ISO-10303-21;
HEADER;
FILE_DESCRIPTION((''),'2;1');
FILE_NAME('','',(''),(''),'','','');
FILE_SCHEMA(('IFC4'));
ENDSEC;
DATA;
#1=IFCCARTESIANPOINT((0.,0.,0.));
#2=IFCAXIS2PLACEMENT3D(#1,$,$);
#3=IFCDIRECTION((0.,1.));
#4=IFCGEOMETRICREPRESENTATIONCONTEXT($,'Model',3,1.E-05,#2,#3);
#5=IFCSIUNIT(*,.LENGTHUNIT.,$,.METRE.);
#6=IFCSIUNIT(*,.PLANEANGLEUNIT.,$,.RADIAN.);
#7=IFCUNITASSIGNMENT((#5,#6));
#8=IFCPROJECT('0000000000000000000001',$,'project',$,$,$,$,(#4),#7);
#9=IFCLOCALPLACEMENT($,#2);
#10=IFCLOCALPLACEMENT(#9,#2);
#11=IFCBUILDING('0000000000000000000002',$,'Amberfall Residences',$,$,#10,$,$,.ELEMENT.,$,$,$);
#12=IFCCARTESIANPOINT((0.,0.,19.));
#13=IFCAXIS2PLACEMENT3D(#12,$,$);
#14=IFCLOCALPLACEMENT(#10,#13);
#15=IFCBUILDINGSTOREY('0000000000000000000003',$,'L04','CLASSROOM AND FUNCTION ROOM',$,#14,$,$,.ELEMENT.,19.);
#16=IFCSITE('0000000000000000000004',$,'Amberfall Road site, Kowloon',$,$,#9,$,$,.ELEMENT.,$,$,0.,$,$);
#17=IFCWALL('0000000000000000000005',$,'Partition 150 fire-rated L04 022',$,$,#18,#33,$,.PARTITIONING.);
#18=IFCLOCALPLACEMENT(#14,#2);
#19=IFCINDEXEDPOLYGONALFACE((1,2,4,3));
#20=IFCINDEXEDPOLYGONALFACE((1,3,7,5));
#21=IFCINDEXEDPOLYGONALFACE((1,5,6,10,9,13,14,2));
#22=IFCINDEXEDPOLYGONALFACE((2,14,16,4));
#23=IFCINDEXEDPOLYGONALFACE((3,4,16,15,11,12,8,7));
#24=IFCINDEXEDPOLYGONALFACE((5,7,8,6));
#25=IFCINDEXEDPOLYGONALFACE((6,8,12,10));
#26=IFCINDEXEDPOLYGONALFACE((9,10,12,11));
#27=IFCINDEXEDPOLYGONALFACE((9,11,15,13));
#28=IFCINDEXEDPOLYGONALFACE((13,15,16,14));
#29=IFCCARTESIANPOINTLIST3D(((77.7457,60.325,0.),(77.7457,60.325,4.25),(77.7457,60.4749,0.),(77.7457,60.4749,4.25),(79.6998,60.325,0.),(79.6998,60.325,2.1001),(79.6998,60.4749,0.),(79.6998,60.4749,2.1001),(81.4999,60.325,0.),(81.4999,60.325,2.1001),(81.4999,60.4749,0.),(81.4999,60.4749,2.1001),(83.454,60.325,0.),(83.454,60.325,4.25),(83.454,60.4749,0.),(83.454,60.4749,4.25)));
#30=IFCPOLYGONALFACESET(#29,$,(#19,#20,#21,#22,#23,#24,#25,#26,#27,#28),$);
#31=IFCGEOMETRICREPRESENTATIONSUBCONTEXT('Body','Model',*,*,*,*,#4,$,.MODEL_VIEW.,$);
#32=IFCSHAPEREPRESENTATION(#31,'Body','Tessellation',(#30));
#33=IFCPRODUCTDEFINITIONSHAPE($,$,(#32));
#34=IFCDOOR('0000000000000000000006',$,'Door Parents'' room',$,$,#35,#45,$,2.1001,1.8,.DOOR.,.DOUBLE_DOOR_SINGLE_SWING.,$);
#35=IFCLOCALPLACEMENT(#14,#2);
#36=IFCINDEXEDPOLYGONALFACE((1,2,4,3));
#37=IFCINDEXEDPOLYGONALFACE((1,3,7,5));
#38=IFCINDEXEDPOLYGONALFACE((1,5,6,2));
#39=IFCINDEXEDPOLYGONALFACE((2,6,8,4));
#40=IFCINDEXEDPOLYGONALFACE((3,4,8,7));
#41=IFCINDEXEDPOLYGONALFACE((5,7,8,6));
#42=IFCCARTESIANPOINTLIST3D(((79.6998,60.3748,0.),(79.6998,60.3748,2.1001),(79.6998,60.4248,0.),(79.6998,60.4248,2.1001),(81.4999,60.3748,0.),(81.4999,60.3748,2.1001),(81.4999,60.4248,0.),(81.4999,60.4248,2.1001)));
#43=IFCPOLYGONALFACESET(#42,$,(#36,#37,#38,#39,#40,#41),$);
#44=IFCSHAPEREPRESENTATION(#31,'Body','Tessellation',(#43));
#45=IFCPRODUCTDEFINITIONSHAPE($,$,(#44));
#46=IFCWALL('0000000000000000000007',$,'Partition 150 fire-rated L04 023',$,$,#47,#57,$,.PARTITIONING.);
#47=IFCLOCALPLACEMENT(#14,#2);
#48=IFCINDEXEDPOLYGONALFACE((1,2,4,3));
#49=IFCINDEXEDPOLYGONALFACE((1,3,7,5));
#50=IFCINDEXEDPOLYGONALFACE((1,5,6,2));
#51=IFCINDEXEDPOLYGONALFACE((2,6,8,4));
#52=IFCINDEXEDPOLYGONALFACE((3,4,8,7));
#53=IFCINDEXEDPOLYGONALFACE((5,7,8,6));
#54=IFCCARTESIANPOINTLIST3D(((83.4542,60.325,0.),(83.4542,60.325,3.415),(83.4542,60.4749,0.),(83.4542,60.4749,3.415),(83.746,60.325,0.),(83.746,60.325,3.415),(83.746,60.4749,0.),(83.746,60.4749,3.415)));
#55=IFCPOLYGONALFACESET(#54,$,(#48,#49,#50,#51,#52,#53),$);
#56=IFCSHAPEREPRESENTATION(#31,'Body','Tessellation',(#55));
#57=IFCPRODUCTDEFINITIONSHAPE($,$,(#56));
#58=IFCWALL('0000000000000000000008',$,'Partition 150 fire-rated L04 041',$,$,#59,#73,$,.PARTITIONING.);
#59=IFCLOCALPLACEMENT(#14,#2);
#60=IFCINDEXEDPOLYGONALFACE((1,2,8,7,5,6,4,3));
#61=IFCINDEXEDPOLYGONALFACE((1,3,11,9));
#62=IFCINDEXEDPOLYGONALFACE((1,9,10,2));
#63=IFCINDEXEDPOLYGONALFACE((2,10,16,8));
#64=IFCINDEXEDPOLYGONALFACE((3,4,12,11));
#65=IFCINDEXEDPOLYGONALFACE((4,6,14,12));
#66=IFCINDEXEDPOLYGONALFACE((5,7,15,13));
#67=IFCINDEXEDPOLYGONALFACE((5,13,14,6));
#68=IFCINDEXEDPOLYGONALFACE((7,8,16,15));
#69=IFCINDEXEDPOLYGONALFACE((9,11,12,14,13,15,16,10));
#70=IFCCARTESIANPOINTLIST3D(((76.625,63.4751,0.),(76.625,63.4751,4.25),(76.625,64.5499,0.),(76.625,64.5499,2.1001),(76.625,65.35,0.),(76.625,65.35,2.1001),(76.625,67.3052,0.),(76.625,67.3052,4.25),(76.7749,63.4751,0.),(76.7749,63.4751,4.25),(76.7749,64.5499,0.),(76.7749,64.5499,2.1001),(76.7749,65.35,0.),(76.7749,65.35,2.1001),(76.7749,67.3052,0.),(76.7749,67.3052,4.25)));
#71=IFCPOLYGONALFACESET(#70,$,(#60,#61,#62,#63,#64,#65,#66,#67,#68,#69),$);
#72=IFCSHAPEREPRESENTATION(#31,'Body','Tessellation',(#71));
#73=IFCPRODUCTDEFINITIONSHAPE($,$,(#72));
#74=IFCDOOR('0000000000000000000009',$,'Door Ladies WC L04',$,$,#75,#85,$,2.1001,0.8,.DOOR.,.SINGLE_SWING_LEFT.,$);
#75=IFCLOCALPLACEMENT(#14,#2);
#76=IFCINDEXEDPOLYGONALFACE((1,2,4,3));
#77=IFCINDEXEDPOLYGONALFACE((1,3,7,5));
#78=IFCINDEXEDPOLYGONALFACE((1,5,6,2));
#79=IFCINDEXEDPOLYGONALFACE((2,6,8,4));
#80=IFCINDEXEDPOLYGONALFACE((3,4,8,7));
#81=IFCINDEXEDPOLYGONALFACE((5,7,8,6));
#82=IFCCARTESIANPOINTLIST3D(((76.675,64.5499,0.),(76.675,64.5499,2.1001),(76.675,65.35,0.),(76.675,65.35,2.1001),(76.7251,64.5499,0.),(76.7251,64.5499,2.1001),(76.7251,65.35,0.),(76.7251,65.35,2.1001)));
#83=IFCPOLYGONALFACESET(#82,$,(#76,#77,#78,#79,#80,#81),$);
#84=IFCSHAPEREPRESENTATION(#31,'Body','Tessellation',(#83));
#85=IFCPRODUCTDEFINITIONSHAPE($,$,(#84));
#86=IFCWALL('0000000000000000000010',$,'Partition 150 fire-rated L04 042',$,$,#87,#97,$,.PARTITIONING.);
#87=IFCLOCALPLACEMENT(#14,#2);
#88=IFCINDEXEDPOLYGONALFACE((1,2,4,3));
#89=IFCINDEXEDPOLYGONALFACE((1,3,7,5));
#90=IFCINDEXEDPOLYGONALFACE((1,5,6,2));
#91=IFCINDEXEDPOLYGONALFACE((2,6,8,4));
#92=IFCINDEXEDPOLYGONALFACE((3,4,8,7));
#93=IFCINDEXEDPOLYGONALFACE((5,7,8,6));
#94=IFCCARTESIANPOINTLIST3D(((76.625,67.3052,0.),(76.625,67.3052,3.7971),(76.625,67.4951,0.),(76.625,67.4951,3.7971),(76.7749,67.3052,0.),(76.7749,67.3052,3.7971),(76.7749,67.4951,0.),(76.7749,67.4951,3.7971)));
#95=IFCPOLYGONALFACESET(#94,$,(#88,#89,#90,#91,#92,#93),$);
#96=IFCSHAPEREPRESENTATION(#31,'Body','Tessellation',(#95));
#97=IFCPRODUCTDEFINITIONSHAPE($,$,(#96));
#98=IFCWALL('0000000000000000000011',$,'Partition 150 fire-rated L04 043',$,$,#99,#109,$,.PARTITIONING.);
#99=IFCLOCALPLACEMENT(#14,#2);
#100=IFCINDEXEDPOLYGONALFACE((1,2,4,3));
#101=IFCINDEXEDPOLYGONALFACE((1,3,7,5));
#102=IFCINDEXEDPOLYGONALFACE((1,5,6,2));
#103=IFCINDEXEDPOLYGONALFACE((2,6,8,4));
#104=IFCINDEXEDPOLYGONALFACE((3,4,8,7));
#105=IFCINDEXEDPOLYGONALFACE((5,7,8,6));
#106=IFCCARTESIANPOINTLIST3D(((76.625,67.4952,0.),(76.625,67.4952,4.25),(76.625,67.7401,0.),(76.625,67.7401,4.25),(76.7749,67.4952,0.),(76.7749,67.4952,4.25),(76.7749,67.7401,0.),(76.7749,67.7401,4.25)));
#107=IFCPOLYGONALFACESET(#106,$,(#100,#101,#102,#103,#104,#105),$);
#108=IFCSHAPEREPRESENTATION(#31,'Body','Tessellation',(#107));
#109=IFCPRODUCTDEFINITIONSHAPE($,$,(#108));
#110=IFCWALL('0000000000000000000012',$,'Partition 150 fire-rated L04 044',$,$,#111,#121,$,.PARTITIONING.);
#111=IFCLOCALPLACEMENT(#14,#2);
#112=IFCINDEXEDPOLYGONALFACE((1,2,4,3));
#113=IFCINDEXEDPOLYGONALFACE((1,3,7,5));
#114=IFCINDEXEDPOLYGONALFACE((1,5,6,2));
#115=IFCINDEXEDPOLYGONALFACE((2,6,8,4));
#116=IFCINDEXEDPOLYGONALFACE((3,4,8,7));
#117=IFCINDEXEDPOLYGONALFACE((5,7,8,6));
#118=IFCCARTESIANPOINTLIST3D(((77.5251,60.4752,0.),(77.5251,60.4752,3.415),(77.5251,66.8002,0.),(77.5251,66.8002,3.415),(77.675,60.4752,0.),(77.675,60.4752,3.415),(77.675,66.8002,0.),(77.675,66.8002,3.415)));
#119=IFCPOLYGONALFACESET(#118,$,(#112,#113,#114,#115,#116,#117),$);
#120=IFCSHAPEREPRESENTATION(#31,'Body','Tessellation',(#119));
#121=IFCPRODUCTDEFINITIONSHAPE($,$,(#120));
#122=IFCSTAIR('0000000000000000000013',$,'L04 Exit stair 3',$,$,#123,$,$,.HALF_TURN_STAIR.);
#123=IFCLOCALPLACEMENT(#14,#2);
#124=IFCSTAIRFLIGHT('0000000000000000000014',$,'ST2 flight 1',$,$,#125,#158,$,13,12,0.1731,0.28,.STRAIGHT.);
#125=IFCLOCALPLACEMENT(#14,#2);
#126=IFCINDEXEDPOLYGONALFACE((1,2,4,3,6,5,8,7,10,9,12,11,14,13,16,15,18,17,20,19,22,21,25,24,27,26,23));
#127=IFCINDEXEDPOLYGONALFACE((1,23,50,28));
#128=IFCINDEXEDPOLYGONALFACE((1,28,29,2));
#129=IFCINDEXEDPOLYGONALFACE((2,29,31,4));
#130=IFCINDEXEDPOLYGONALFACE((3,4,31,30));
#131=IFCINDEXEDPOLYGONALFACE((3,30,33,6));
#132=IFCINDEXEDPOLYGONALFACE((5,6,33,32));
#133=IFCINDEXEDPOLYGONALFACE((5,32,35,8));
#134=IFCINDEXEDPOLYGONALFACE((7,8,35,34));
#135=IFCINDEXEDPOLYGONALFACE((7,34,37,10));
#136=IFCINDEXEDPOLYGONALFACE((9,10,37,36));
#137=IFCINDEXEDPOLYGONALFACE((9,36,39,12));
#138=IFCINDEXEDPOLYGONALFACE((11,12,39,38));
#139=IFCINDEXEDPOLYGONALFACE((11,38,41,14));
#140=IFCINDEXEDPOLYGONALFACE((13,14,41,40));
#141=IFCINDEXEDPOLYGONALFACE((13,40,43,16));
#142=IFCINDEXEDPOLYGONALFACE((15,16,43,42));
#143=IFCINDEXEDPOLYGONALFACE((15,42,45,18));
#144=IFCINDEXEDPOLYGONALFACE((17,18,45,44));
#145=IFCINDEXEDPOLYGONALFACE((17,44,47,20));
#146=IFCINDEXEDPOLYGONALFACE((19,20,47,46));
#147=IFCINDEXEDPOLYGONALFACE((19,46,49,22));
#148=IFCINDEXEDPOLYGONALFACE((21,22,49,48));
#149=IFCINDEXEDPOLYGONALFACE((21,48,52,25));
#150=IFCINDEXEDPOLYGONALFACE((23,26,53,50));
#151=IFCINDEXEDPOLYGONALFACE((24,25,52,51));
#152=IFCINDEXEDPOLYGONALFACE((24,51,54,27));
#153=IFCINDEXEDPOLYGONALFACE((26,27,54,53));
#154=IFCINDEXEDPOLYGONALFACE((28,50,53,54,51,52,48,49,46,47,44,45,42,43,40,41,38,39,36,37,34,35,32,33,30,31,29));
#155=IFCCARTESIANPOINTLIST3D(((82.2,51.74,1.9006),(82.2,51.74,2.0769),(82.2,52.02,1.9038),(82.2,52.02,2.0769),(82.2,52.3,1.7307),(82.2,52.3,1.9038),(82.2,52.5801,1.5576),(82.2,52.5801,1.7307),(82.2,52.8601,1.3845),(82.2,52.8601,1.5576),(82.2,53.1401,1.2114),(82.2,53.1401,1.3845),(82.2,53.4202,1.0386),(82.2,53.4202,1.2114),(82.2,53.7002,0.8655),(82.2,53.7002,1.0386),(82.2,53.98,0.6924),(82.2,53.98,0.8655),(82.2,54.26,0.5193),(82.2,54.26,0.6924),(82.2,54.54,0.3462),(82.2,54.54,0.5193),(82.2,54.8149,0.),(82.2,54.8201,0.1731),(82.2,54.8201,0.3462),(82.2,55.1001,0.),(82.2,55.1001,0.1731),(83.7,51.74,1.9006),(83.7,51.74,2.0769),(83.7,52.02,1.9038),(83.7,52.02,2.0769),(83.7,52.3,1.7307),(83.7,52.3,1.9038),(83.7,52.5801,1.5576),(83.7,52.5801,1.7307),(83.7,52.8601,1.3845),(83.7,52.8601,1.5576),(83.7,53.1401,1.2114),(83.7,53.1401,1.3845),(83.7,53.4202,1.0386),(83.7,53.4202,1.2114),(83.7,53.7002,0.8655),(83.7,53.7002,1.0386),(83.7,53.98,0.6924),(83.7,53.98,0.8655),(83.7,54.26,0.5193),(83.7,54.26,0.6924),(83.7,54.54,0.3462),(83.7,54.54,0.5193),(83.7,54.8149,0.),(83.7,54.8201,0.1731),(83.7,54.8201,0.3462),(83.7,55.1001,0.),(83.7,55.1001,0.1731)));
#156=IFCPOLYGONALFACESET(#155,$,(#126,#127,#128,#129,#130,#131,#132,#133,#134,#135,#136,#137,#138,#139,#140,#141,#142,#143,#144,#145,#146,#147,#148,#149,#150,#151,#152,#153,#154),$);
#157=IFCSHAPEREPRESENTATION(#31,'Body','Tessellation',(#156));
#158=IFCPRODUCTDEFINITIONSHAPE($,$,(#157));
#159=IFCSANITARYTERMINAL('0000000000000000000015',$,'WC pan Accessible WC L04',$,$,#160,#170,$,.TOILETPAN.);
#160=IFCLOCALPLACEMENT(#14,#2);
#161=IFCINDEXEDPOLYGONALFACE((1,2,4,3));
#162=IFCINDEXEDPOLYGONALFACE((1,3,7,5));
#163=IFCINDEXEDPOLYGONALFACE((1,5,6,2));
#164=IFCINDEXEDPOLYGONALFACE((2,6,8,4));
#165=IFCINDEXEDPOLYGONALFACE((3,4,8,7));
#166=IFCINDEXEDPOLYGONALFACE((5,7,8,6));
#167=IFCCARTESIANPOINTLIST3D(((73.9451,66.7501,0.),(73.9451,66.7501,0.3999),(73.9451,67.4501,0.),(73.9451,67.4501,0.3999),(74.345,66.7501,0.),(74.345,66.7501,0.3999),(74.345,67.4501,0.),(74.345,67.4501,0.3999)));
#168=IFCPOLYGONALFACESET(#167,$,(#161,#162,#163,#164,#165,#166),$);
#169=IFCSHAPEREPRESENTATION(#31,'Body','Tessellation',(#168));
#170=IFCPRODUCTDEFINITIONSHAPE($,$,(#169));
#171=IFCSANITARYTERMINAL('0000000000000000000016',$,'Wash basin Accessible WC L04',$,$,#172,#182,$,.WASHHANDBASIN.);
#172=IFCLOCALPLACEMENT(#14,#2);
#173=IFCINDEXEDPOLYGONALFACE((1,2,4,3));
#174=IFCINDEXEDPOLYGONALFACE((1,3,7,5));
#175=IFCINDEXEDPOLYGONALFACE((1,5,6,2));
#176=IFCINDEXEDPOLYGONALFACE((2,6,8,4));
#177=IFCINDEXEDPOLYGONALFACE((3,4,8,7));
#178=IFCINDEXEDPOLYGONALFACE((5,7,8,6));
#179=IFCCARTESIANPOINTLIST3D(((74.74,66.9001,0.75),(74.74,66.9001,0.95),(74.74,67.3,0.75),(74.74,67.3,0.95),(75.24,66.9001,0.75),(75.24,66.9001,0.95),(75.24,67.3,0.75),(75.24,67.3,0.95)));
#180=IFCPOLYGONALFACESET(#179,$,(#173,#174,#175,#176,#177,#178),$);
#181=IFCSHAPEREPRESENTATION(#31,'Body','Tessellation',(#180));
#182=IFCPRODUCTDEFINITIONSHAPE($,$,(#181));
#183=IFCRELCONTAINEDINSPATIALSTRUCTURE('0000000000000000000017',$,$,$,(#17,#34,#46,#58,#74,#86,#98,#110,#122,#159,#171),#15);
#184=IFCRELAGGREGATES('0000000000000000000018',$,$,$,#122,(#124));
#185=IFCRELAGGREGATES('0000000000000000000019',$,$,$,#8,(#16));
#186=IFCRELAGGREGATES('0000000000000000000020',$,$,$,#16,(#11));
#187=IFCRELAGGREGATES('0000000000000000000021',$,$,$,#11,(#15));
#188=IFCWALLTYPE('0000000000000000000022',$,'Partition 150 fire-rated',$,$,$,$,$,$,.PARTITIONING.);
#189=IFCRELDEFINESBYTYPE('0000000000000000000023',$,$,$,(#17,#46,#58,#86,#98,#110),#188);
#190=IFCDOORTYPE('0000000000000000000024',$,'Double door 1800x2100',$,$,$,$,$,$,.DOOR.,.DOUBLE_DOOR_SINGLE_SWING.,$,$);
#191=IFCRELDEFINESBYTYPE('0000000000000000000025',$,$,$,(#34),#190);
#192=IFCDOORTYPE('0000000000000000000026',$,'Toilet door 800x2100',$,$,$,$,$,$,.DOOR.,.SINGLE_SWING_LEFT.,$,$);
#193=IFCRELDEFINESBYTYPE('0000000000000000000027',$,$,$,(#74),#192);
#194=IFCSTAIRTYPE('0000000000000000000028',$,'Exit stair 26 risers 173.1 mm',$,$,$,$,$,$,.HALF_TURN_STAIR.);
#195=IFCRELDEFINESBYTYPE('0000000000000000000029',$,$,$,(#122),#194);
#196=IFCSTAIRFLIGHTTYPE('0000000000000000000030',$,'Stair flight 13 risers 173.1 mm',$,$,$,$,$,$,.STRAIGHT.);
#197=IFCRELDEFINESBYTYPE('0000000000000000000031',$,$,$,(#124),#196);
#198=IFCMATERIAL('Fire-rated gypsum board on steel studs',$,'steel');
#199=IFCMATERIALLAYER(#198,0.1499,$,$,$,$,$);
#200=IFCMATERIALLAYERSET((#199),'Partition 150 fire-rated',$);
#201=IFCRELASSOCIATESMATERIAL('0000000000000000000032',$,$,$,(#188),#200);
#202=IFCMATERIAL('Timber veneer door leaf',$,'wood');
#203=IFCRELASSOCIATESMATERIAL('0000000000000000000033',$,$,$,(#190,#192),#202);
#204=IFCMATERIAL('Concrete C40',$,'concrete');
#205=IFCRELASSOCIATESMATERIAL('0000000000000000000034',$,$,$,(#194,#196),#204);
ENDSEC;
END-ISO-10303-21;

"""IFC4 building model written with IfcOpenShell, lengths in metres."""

from ifc_helpers import new_model, si_unit, direction, frame, frame_2d, origin, origin_2d, place, context, subcontext, project, spatial, polyline, rectangle, outline, extrude, material, layer, layer_set, type_object, element, fill, aggregate, save


model = new_model("IFC4")

# Units and contexts
model_context = context("Model", 3, precision=1e-05, world=origin(), true_north=direction((0.0, 1.0)))
body_context = subcontext(model_context, "Body", "Model", "MODEL_VIEW")
ifc_project = project(units=[si_unit("LENGTHUNIT", "METRE"), si_unit("PLANEANGLEUNIT", "RADIAN")], contexts=[model_context])

# Site, building, storey
site_placement = place(None, origin())
site = spatial("IfcSite", under=ifc_project, at=site_placement, Name="Amberfall Road site, Kowloon", CompositionType="ELEMENT", RefElevation=0.0)
building_placement = place(site_placement, origin())
building = spatial("IfcBuilding", under=site, at=building_placement, Name="Amberfall Residences", CompositionType="ELEMENT")
storey_placement = place(building_placement, frame((0.0, 0.0, 19.0)))
storey = spatial("IfcBuildingStorey", under=building, at=storey_placement, Name="L04", Description="CLASSROOM AND FUNCTION ROOM", CompositionType="ELEMENT", Elevation=19.0)

# Shared definitions
ifc_material_1 = material(Name="Fire-rated gypsum board on steel studs", Category="steel")
ifc_layer_1 = layer(ifc_material_1, 0.1499)
ifc_layer_set_1 = layer_set([ifc_layer_1], Name="Partition 150 fire-rated")
wall_type_1 = type_object("IfcWallType", Name="Partition 150 fire-rated", PredefinedType="PARTITIONING", material=ifc_layer_set_1)

# Wall, opening, door
wall_1_placement = place(storey_placement, frame((77.7458, 60.3999, 0.0), z_axis=(0.0, 0.0, 1.0), x_axis=(1.0, 0.0, 0.0)))
wall_1 = element("IfcWall", 1, at=wall_1_placement, inside=storey, type_object=wall_type_1, Name="Partition 150 fire-rated L04 022", PredefinedType="PARTITIONING", context=body_context, shape_type="SweptSolid", body=[
    extrude(rectangle(XDim=5.7083, YDim=0.1499, at=frame_2d((2.854, 0.0))), origin(), (0.0, 0.0, 1.0), 4.25),
])
opening_1_placement = place(wall_1_placement, frame((1.9541, 0.0, 0.0)))
opening_1 = element("IfcOpeningElement", 2, at=opening_1_placement, cuts=wall_1, PredefinedType="OPENING", context=body_context, shape_type="SweptSolid", body=[
    extrude(rectangle(XDim=1.8, YDim=2.1001, at=frame_2d((0.8999, 1.05))), frame((0.0, 0.085, 0.0), z_axis=(0.0, -1.0, 0.0), x_axis=(1.0, 0.0, 0.0)), (0.0, 0.0, 1.0), 0.1699),
])
ifc_material_2 = material(Name="Timber veneer door leaf", Category="wood")
door_type_1 = type_object("IfcDoorType", Name="Double door 1800x2100", OperationType="DOUBLE_DOOR_SINGLE_SWING", PredefinedType="DOOR", material=ifc_material_2)
door_1_placement = place(opening_1_placement, origin())
door_1 = element("IfcDoor", 3, at=door_1_placement, inside=storey, type_object=door_type_1, Name="Door Parents' room", OperationType="DOUBLE_DOOR_SINGLE_SWING", OverallHeight=2.1001, OverallWidth=1.8, PredefinedType="DOOR", context=body_context, shape_type="SweptSolid", body=[
    extrude(rectangle(XDim=1.8, YDim=2.1001, at=frame_2d((0.8999, 1.05))), frame((0.0, 0.0249, 0.0), z_axis=(0.0, -1.0, 0.0), x_axis=(1.0, 0.0, 0.0)), (0.0, 0.0, 1.0), 0.05),
])
fill(opening_1, door_1)

# Wall
wall_2_placement = place(storey_placement, frame((83.4541, 60.3999, 0.0), z_axis=(0.0, 0.0, 1.0), x_axis=(1.0, 0.0, 0.0)))
element("IfcWall", 4, at=wall_2_placement, inside=storey, type_object=wall_type_1, Name="Partition 150 fire-rated L04 023", PredefinedType="PARTITIONING", context=body_context, shape_type="SweptSolid", body=[
    extrude(rectangle(XDim=0.2917, YDim=0.1499, at=frame_2d((0.146, 0.0))), origin(), (0.0, 0.0, 1.0), 3.415),
])

# Wall, opening, door
wall_3_placement = place(storey_placement, frame((76.7, 63.4751, 0.0), z_axis=(0.0, 0.0, 1.0), x_axis=(0.0, 1.0, 0.0)))
wall_3 = element("IfcWall", 5, at=wall_3_placement, inside=storey, type_object=wall_type_1, Name="Partition 150 fire-rated L04 041", PredefinedType="PARTITIONING", context=body_context, shape_type="SweptSolid", body=[
    extrude(rectangle(XDim=3.8301, YDim=0.1499, at=frame_2d((1.915, 0.0))), origin(), (0.0, 0.0, 1.0), 4.25),
])
opening_2_placement = place(wall_3_placement, frame((1.075, 0.0, 0.0)))
opening_2 = element("IfcOpeningElement", 6, at=opening_2_placement, cuts=wall_3, PredefinedType="OPENING", context=body_context, shape_type="SweptSolid", body=[
    extrude(rectangle(XDim=0.8, YDim=2.1001, at=frame_2d((0.3999, 1.05))), frame((0.0, 0.085, 0.0), z_axis=(0.0, -1.0, 0.0), x_axis=(1.0, 0.0, 0.0)), (0.0, 0.0, 1.0), 0.1699),
])
door_type_2 = type_object("IfcDoorType", Name="Toilet door 800x2100", OperationType="SINGLE_SWING_LEFT", PredefinedType="DOOR", material=ifc_material_2)
door_2_placement = place(opening_2_placement, origin())
door_2 = element("IfcDoor", 7, at=door_2_placement, inside=storey, type_object=door_type_2, Name="Door Ladies WC L04", OperationType="SINGLE_SWING_LEFT", OverallHeight=2.1001, OverallWidth=0.8, PredefinedType="DOOR", context=body_context, shape_type="SweptSolid", body=[
    extrude(rectangle(XDim=0.8, YDim=2.1001, at=frame_2d((0.3999, 1.05))), frame((0.0, 0.0249, 0.0), z_axis=(0.0, -1.0, 0.0), x_axis=(1.0, 0.0, 0.0)), (0.0, 0.0, 1.0), 0.05),
])
fill(opening_2, door_2)

# Walls
wall_4_placement = place(storey_placement, frame((76.7, 67.3052, 0.0), z_axis=(0.0, 0.0, 1.0), x_axis=(0.0, 1.0, 0.0)))
element("IfcWall", 8, at=wall_4_placement, inside=storey, type_object=wall_type_1, Name="Partition 150 fire-rated L04 042", PredefinedType="PARTITIONING", context=body_context, shape_type="SweptSolid", body=[
    extrude(rectangle(XDim=0.1899, YDim=0.1499, at=frame_2d((0.095, 0.0))), origin(), (0.0, 0.0, 1.0), 3.7971),
])
wall_5_placement = place(storey_placement, frame((76.7, 67.4951, 0.0), z_axis=(0.0, 0.0, 1.0), x_axis=(0.0, 1.0, 0.0)))
element("IfcWall", 9, at=wall_5_placement, inside=storey, type_object=wall_type_1, Name="Partition 150 fire-rated L04 043", PredefinedType="PARTITIONING", context=body_context, shape_type="SweptSolid", body=[
    extrude(rectangle(XDim=0.2449, YDim=0.1499, at=frame_2d((0.1226, 0.0))), origin(), (0.0, 0.0, 1.0), 4.25),
])
wall_6_placement = place(storey_placement, frame((77.6001, 60.4751, 0.0), z_axis=(0.0, 0.0, 1.0), x_axis=(0.0, 1.0, 0.0)))
element("IfcWall", 10, at=wall_6_placement, inside=storey, type_object=wall_type_1, Name="Partition 150 fire-rated L04 044", PredefinedType="PARTITIONING", context=body_context, shape_type="SweptSolid", body=[
    extrude(rectangle(XDim=6.325, YDim=0.1499, at=frame_2d((3.1626, 0.0))), origin(), (0.0, 0.0, 1.0), 3.415),
])

# Stair, stair flight
ifc_material_3 = material(Name="Concrete C40", Category="concrete")
stair_type = type_object("IfcStairType", Name="Exit stair 26 risers 173.1 mm", PredefinedType="HALF_TURN_STAIR", material=ifc_material_3)
stair_placement = place(storey_placement, origin())
stair = element("IfcStair", 11, at=stair_placement, inside=storey, type_object=stair_type, Name="L04 Exit stair 3", PredefinedType="HALF_TURN_STAIR")
stair_flight_type = type_object("IfcStairFlightType", Name="Stair flight 13 risers 173.1 mm", PredefinedType="STRAIGHT", material=ifc_material_3)
stair_flight_placement = place(storey_placement, frame((82.95, 55.1001, 0.0), z_axis=(0.0, 0.0, 1.0), x_axis=(0.0, -1.0, 0.0)))
stair_flight = element("IfcStairFlight", 12, at=stair_flight_placement, type_object=stair_flight_type, Name="ST2 flight 1", NumberOfRisers=13, NumberOfTreads=12, PredefinedType="STRAIGHT", RiserHeight=0.1731, TreadLength=0.28, context=body_context, shape_type="SweptSolid", body=[
    extrude(outline(polyline([(0.0, 0.0), (0.0, 0.1731), (0.28, 0.1731), (0.28, 0.3462), (0.5601, 0.3462), (0.5601, 0.5193), (0.8401, 0.5193), (0.8401, 0.6924), (1.1201, 0.6924), (1.1201, 0.8655), (1.3999, 0.8655), (1.3999, 1.0386), (1.6799, 1.0386), (1.6799, 1.2114), (1.96, 1.2114), (1.96, 1.3845), (2.24, 1.3845), (2.24, 1.5576), (2.52, 1.5576), (2.52, 1.7307), (2.8, 1.7307), (2.8, 1.9038), (3.0801, 1.9038), (3.0801, 2.0769), (3.3601, 2.0769), (3.3601, 2.25), (3.3601, 1.9006), (0.2852, 0.0), (0.0, 0.0)])), frame((0.0, 0.75, 0.0), z_axis=(0.0, -1.0, 0.0), x_axis=(1.0, 0.0, 0.0)), (0.0, 0.0, 1.0), 1.5),
])
aggregate(stair, [stair_flight])

# Sanitary terminals
sanitary_terminal_1_placement = place(storey_placement, frame((74.145, 67.1001, 0.0), z_axis=(0.0, 0.0, 1.0), x_axis=(1.0, 0.0, 0.0)))
element("IfcSanitaryTerminal", 13, at=sanitary_terminal_1_placement, inside=storey, Name="WC pan Accessible WC L04", PredefinedType="TOILETPAN", context=body_context, shape_type="SweptSolid", body=[
    extrude(rectangle(XDim=0.3999, YDim=0.7, at=origin_2d()), origin(), (0.0, 0.0, 1.0), 0.3999),
])
sanitary_terminal_2_placement = place(storey_placement, frame((74.99, 67.1001, 0.75), z_axis=(0.0, 0.0, 1.0), x_axis=(1.0, 0.0, 0.0)))
element("IfcSanitaryTerminal", 14, at=sanitary_terminal_2_placement, inside=storey, Name="Wash basin Accessible WC L04", PredefinedType="WASHHANDBASIN", context=body_context, shape_type="SweptSolid", body=[
    extrude(rectangle(XDim=0.5, YDim=0.3999, at=origin_2d()), origin(), (0.0, 0.0, 1.0), 0.2),
])

save(model, "model.ifc")
